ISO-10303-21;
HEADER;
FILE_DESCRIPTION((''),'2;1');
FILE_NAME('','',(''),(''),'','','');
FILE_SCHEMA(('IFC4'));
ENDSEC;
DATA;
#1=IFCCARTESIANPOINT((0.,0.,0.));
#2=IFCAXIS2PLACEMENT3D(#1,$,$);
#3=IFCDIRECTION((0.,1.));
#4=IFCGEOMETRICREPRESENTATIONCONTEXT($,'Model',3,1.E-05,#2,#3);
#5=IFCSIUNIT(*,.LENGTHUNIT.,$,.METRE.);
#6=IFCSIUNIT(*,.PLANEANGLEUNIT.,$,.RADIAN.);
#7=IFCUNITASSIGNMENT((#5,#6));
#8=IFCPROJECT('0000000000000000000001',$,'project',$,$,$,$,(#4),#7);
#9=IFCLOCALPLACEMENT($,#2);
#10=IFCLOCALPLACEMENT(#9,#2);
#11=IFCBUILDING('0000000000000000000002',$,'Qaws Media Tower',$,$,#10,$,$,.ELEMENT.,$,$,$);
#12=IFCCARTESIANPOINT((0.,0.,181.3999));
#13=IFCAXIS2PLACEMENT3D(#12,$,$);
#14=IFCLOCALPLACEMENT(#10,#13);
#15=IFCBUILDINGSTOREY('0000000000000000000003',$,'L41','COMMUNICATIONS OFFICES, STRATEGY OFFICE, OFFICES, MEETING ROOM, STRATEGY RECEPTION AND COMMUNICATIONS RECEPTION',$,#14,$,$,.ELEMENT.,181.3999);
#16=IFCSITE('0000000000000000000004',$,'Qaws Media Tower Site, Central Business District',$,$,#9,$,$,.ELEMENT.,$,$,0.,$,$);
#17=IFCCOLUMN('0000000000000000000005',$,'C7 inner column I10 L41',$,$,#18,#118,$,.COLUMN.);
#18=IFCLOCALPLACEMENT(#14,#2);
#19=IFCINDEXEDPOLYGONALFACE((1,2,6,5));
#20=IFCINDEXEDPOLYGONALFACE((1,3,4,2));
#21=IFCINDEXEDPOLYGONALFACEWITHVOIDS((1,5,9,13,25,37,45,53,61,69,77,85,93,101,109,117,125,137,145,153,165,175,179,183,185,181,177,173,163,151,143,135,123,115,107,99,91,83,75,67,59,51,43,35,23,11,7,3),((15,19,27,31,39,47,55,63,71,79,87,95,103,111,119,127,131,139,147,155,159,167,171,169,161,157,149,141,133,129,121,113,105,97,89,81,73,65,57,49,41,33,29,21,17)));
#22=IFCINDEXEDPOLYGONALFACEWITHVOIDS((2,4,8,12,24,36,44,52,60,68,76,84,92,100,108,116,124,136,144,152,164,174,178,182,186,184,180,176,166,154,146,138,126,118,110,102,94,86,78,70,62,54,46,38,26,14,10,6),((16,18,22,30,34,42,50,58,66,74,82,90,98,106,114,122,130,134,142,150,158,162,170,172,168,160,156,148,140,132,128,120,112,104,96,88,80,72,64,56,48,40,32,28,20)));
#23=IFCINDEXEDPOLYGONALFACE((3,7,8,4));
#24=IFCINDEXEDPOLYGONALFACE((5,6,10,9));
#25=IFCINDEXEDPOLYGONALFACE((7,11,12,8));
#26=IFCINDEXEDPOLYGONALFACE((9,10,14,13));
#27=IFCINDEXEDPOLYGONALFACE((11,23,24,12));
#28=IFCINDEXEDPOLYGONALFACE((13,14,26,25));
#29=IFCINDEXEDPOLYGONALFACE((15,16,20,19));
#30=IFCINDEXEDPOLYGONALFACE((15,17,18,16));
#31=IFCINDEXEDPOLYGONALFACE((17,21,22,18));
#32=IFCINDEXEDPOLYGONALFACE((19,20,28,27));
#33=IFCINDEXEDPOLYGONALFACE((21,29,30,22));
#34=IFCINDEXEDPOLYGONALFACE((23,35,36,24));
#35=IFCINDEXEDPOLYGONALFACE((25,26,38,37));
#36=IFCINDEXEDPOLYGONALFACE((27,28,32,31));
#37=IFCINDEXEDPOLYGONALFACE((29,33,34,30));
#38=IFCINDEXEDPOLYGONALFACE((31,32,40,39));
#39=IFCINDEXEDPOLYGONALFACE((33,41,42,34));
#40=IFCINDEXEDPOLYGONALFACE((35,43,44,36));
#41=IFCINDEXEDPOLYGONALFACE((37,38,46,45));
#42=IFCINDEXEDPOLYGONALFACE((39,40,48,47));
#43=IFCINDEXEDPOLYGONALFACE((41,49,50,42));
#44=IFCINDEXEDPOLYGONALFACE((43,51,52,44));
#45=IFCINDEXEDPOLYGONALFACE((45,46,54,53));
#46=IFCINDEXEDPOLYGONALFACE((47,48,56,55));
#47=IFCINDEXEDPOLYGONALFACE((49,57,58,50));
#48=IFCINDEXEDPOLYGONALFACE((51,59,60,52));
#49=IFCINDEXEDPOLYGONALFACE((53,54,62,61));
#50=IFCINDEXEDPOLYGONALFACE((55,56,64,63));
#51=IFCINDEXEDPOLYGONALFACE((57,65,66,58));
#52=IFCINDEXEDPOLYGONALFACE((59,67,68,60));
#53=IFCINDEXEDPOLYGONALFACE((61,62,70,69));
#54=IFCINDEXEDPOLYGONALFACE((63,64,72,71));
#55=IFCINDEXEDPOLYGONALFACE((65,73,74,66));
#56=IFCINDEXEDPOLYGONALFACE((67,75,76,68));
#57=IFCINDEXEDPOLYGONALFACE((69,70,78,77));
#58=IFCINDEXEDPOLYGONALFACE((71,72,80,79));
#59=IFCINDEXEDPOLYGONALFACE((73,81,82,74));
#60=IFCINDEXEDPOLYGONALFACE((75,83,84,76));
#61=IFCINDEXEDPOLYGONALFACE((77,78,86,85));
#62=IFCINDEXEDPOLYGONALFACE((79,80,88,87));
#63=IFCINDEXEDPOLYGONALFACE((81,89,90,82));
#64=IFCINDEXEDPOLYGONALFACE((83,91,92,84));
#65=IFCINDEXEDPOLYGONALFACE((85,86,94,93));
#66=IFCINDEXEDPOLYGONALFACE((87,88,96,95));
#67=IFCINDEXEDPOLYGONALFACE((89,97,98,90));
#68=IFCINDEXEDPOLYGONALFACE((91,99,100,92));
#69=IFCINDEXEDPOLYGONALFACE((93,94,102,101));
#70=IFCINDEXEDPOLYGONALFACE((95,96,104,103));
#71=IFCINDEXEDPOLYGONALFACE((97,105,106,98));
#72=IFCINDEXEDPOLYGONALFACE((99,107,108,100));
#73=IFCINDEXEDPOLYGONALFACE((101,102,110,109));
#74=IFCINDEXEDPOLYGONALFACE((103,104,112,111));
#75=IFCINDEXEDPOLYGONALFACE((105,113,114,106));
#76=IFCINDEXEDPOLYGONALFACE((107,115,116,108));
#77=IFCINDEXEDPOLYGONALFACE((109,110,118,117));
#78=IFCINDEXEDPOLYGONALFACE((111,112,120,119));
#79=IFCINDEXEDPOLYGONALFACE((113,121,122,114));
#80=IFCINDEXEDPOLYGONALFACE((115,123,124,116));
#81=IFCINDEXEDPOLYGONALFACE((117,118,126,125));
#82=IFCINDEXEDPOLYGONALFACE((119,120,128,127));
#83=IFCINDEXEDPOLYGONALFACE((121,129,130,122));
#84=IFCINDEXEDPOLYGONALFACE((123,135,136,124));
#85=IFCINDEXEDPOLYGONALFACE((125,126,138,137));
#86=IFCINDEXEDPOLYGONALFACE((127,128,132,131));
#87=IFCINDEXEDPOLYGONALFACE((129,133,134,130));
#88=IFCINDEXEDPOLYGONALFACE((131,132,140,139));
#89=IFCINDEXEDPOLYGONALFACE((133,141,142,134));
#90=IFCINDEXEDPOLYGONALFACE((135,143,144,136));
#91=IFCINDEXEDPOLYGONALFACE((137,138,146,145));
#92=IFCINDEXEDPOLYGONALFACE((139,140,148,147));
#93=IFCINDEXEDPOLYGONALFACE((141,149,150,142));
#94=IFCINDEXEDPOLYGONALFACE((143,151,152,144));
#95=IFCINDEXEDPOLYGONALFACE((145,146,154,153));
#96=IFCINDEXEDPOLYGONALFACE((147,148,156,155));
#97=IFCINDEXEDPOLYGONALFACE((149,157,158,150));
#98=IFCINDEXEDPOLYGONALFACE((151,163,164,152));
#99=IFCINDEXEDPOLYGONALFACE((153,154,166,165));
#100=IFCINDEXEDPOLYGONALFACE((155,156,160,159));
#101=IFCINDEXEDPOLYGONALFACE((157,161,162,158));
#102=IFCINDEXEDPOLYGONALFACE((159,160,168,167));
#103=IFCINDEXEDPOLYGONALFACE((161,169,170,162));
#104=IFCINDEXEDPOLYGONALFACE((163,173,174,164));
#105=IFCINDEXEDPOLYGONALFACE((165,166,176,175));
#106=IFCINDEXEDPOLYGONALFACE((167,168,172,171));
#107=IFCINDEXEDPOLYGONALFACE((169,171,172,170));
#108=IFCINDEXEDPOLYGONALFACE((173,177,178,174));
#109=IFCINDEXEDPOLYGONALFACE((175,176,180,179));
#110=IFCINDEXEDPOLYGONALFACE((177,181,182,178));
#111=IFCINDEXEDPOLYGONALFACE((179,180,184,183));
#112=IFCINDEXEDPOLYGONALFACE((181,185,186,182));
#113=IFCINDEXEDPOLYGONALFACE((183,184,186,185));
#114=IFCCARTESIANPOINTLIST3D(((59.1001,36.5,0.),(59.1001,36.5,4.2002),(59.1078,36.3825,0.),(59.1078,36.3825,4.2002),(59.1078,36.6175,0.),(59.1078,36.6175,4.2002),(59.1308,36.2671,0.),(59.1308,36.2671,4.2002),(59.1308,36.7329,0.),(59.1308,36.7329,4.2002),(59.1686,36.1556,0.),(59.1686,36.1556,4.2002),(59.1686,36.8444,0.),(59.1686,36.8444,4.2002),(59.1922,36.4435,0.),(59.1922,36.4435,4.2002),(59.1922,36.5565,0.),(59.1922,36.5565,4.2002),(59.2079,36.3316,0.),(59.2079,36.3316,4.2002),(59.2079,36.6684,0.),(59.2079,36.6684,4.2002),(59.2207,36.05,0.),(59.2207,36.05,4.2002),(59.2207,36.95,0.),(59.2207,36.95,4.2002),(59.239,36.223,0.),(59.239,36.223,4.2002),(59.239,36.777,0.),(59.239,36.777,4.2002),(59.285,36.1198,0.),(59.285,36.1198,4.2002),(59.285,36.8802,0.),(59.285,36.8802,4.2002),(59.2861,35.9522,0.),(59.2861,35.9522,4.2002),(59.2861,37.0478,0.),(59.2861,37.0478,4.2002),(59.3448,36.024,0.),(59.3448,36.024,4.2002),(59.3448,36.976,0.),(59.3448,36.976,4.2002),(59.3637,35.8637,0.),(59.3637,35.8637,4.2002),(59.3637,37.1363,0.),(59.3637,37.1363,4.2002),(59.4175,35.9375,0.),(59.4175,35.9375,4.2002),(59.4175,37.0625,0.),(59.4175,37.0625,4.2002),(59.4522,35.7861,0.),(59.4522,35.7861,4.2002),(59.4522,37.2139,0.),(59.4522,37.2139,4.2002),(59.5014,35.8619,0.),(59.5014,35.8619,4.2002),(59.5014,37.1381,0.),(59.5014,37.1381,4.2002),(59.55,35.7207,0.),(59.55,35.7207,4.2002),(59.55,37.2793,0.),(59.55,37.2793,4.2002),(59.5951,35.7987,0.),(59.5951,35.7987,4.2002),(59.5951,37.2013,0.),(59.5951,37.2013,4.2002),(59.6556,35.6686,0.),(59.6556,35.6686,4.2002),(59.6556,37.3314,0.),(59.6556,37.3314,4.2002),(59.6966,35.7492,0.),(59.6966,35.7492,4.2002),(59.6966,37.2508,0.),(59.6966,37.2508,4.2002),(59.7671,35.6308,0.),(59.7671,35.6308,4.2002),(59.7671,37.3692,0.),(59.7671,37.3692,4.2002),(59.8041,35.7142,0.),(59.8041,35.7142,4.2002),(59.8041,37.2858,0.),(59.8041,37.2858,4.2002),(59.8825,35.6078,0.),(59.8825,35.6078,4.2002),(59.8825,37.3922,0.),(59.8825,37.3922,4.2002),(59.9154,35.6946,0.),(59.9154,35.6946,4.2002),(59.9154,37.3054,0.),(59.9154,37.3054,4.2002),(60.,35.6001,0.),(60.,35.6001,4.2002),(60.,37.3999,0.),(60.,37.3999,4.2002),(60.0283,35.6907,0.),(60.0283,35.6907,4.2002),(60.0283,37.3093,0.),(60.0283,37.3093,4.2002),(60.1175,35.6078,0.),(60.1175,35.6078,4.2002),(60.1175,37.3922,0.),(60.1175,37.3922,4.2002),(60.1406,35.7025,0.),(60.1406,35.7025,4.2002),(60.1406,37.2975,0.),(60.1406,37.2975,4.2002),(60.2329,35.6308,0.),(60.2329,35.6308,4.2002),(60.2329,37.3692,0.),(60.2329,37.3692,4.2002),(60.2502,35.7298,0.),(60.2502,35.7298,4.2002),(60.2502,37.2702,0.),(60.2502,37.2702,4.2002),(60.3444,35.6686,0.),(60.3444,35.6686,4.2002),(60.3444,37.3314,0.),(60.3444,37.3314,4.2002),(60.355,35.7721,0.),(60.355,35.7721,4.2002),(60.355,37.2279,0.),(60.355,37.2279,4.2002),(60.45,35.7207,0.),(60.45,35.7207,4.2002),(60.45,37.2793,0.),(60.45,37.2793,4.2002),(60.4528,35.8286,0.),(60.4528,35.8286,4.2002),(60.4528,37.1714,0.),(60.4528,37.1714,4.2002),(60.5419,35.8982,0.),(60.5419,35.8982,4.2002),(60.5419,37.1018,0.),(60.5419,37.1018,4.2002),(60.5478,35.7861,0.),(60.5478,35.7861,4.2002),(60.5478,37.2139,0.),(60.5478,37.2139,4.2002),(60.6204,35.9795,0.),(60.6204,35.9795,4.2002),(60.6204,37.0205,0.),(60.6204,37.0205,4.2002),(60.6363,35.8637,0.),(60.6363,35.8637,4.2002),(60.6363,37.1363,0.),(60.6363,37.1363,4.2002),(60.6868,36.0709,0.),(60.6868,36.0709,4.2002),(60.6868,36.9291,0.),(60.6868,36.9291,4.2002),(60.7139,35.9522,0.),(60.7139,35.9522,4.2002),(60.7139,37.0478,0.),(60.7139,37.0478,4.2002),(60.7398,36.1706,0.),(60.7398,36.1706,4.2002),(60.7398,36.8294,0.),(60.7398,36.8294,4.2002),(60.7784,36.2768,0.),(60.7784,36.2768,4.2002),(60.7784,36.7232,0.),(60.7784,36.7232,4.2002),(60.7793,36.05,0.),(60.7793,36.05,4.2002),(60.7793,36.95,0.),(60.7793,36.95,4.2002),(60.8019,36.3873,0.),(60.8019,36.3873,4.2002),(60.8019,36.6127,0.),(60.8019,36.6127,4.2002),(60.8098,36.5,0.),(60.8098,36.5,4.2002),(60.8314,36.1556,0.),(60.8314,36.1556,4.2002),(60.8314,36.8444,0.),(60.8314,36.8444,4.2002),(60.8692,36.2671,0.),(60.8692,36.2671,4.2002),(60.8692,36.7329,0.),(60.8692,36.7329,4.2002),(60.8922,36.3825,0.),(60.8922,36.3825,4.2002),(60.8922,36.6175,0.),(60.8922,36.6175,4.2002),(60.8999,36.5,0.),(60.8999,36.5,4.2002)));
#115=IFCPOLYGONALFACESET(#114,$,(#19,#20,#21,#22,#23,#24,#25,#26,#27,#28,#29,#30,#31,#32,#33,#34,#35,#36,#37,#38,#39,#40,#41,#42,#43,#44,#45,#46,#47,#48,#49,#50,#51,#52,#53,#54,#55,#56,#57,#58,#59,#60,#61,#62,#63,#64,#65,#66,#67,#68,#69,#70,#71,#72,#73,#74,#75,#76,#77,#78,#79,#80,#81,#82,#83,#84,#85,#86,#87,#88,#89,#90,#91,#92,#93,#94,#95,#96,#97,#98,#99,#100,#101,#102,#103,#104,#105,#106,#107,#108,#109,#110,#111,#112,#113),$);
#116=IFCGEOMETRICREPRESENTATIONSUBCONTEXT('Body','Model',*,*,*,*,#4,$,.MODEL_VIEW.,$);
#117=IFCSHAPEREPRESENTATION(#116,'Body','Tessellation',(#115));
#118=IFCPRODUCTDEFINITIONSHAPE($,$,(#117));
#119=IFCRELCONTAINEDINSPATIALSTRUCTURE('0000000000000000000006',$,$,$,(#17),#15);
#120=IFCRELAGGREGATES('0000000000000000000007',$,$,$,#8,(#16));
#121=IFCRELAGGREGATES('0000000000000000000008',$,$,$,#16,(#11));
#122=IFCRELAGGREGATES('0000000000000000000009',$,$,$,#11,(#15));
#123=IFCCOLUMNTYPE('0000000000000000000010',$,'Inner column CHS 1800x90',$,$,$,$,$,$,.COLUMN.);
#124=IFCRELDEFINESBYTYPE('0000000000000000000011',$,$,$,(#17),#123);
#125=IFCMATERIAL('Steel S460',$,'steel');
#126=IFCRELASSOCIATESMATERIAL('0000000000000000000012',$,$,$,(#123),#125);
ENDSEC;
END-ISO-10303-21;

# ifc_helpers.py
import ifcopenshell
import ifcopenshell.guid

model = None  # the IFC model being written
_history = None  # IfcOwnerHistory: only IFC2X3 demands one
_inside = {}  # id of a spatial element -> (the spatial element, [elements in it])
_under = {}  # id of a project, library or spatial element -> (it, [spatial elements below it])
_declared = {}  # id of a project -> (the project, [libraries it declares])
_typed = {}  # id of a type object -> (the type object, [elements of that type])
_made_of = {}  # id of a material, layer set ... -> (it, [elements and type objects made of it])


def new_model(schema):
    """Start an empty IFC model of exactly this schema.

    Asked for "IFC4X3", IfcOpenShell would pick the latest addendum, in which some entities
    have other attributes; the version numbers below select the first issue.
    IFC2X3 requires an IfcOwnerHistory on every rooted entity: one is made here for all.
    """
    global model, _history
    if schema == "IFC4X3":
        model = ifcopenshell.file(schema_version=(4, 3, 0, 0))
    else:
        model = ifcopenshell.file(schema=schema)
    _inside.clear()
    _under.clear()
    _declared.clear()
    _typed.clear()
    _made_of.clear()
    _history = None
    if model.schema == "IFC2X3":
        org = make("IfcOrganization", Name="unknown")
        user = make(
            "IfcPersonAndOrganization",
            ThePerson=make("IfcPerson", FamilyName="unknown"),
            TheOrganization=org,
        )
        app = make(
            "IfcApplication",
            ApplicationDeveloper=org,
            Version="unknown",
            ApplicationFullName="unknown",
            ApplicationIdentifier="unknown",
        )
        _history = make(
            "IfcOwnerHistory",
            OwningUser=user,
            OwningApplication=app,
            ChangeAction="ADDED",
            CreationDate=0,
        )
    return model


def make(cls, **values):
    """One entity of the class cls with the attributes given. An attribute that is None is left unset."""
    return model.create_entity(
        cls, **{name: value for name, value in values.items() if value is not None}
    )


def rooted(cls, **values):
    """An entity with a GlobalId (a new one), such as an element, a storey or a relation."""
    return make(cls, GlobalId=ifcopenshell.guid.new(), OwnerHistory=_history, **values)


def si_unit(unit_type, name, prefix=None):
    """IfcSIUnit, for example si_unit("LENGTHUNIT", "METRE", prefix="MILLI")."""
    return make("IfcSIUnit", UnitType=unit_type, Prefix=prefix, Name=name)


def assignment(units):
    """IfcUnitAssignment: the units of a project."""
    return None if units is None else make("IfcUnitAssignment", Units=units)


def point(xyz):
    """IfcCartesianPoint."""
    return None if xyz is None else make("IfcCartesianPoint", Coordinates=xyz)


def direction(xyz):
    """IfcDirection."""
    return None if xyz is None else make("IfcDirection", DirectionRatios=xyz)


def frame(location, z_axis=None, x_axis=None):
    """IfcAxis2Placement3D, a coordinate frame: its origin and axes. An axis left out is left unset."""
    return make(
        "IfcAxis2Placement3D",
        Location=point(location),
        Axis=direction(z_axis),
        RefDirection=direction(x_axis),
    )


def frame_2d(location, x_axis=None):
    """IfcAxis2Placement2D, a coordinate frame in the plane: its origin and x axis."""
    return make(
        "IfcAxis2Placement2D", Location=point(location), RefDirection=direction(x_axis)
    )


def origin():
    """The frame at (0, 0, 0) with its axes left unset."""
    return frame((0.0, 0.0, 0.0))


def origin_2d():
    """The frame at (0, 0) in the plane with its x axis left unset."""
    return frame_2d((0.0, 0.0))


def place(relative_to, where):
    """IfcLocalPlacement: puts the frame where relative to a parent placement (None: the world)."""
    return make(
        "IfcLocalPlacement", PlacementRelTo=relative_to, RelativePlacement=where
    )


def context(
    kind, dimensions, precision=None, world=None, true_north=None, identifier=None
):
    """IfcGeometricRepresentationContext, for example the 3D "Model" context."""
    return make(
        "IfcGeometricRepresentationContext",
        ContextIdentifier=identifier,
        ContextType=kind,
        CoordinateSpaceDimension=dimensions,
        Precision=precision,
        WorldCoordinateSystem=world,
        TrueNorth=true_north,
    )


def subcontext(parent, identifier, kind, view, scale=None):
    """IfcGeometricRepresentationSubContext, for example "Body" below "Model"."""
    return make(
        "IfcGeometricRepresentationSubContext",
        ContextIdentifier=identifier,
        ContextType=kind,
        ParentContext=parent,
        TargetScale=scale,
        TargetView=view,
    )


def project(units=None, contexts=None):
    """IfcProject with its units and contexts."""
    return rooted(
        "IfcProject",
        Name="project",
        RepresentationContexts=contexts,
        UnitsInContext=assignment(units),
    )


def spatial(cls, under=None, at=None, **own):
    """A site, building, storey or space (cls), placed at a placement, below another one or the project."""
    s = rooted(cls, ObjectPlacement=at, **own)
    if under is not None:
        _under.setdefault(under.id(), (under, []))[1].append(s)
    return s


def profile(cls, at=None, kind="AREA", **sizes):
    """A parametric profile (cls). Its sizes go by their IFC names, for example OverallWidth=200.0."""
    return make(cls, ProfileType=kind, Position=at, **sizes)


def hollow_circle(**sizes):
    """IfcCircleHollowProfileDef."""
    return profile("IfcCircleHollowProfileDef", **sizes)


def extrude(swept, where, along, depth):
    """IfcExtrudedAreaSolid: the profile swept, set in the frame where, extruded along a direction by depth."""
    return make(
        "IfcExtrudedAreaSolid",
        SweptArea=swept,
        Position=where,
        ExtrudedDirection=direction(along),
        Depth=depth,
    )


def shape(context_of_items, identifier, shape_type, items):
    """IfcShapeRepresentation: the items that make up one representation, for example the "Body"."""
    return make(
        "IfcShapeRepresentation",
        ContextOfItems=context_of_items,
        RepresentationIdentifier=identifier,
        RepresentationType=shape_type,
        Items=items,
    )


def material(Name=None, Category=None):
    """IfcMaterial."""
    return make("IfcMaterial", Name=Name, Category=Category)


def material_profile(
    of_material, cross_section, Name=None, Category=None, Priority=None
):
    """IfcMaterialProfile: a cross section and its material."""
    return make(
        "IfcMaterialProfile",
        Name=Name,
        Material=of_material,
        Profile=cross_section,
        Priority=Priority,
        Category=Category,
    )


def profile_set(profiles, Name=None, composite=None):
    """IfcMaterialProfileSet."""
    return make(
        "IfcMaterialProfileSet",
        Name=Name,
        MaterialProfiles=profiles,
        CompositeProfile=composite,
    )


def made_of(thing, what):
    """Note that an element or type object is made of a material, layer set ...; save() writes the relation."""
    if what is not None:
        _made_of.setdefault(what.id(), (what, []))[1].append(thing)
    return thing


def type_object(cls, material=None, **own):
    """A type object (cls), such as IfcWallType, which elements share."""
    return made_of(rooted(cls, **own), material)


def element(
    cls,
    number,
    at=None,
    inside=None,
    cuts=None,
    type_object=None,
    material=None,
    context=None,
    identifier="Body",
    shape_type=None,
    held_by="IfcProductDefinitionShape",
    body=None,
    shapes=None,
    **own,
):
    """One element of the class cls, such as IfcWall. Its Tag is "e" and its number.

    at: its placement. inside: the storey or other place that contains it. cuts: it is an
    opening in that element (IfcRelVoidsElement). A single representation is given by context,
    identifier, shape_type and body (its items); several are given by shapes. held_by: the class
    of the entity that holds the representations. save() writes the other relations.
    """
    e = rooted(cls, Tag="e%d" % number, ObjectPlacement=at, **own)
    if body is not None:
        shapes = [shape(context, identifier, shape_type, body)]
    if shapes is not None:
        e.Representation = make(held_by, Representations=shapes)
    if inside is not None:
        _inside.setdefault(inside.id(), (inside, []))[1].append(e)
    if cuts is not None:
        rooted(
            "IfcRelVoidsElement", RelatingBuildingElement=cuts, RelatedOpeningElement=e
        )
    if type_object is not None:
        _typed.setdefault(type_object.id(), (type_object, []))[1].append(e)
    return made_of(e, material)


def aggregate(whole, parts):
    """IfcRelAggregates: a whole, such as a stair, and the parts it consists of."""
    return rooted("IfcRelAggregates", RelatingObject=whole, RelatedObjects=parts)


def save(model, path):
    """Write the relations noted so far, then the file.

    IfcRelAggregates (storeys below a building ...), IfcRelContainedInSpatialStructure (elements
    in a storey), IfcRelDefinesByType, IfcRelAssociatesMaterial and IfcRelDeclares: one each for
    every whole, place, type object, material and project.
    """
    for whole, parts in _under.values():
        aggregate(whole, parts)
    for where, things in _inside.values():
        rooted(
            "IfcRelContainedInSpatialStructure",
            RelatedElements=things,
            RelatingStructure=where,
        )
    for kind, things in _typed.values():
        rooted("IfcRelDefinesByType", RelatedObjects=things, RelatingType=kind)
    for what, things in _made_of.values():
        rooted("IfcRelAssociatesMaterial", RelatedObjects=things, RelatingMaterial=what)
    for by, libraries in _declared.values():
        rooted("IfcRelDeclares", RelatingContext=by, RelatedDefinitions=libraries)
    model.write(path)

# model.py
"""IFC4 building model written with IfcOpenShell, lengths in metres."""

from ifc_helpers import new_model, si_unit, direction, frame, origin, origin_2d, place, context, subcontext, project, spatial, hollow_circle, extrude, material, material_profile, profile_set, type_object, element, save


model = new_model("IFC4")

# Units and contexts
model_context = context("Model", 3, precision=1e-05, world=origin(), true_north=direction((0.0, 1.0)))
body_context = subcontext(model_context, "Body", "Model", "MODEL_VIEW")
ifc_project = project(units=[si_unit("LENGTHUNIT", "METRE"), si_unit("PLANEANGLEUNIT", "RADIAN")], contexts=[model_context])

# Site, building, storey
site_placement = place(None, origin())
site = spatial("IfcSite", under=ifc_project, at=site_placement, Name="Qaws Media Tower Site, Central Business District", CompositionType="ELEMENT", RefElevation=0.0)
building_placement = place(site_placement, origin())
building = spatial("IfcBuilding", under=site, at=building_placement, Name="Qaws Media Tower", CompositionType="ELEMENT")
storey_placement = place(building_placement, frame((0.0, 0.0, 181.3999)))
storey = spatial("IfcBuildingStorey", under=building, at=storey_placement, Name="L41", Description="COMMUNICATIONS OFFICES, STRATEGY OFFICE, OFFICES, MEETING ROOM, STRATEGY RECEPTION AND COMMUNICATIONS RECEPTION", CompositionType="ELEMENT", Elevation=181.3999)

# Column
ifc_material_1 = material(Name="Steel S460", Category="steel")
ifc_material_profile_1 = material_profile(ifc_material_1, hollow_circle(Radius=0.8999, WallThickness=0.0901, at=origin_2d()), Name="CHS 1800x90")
ifc_profile_set_1 = profile_set([ifc_material_profile_1], Name="Steel S460")
column_type = type_object("IfcColumnType", Name="Inner column CHS 1800x90", PredefinedType="COLUMN", material=ifc_profile_set_1)
for number, where, z_axis, x_axis, name in (
    (1, (60.0, 36.5, 0.0), (0.0, 0.0, 1.0), (1.0, 0.0, 0.0), "C7 inner column I10 L41"),
):
    element("IfcColumn", number, at=place(storey_placement, frame(where, z_axis=z_axis, x_axis=x_axis)), inside=storey, type_object=column_type, Name=name, PredefinedType="COLUMN", context=body_context, shape_type="SweptSolid", body=[
        extrude(hollow_circle(Radius=0.8999, WallThickness=0.0901, at=origin_2d()), origin(), (0.0, 0.0, 1.0), 4.2002),
    ])

save(model, "model.ifc")
